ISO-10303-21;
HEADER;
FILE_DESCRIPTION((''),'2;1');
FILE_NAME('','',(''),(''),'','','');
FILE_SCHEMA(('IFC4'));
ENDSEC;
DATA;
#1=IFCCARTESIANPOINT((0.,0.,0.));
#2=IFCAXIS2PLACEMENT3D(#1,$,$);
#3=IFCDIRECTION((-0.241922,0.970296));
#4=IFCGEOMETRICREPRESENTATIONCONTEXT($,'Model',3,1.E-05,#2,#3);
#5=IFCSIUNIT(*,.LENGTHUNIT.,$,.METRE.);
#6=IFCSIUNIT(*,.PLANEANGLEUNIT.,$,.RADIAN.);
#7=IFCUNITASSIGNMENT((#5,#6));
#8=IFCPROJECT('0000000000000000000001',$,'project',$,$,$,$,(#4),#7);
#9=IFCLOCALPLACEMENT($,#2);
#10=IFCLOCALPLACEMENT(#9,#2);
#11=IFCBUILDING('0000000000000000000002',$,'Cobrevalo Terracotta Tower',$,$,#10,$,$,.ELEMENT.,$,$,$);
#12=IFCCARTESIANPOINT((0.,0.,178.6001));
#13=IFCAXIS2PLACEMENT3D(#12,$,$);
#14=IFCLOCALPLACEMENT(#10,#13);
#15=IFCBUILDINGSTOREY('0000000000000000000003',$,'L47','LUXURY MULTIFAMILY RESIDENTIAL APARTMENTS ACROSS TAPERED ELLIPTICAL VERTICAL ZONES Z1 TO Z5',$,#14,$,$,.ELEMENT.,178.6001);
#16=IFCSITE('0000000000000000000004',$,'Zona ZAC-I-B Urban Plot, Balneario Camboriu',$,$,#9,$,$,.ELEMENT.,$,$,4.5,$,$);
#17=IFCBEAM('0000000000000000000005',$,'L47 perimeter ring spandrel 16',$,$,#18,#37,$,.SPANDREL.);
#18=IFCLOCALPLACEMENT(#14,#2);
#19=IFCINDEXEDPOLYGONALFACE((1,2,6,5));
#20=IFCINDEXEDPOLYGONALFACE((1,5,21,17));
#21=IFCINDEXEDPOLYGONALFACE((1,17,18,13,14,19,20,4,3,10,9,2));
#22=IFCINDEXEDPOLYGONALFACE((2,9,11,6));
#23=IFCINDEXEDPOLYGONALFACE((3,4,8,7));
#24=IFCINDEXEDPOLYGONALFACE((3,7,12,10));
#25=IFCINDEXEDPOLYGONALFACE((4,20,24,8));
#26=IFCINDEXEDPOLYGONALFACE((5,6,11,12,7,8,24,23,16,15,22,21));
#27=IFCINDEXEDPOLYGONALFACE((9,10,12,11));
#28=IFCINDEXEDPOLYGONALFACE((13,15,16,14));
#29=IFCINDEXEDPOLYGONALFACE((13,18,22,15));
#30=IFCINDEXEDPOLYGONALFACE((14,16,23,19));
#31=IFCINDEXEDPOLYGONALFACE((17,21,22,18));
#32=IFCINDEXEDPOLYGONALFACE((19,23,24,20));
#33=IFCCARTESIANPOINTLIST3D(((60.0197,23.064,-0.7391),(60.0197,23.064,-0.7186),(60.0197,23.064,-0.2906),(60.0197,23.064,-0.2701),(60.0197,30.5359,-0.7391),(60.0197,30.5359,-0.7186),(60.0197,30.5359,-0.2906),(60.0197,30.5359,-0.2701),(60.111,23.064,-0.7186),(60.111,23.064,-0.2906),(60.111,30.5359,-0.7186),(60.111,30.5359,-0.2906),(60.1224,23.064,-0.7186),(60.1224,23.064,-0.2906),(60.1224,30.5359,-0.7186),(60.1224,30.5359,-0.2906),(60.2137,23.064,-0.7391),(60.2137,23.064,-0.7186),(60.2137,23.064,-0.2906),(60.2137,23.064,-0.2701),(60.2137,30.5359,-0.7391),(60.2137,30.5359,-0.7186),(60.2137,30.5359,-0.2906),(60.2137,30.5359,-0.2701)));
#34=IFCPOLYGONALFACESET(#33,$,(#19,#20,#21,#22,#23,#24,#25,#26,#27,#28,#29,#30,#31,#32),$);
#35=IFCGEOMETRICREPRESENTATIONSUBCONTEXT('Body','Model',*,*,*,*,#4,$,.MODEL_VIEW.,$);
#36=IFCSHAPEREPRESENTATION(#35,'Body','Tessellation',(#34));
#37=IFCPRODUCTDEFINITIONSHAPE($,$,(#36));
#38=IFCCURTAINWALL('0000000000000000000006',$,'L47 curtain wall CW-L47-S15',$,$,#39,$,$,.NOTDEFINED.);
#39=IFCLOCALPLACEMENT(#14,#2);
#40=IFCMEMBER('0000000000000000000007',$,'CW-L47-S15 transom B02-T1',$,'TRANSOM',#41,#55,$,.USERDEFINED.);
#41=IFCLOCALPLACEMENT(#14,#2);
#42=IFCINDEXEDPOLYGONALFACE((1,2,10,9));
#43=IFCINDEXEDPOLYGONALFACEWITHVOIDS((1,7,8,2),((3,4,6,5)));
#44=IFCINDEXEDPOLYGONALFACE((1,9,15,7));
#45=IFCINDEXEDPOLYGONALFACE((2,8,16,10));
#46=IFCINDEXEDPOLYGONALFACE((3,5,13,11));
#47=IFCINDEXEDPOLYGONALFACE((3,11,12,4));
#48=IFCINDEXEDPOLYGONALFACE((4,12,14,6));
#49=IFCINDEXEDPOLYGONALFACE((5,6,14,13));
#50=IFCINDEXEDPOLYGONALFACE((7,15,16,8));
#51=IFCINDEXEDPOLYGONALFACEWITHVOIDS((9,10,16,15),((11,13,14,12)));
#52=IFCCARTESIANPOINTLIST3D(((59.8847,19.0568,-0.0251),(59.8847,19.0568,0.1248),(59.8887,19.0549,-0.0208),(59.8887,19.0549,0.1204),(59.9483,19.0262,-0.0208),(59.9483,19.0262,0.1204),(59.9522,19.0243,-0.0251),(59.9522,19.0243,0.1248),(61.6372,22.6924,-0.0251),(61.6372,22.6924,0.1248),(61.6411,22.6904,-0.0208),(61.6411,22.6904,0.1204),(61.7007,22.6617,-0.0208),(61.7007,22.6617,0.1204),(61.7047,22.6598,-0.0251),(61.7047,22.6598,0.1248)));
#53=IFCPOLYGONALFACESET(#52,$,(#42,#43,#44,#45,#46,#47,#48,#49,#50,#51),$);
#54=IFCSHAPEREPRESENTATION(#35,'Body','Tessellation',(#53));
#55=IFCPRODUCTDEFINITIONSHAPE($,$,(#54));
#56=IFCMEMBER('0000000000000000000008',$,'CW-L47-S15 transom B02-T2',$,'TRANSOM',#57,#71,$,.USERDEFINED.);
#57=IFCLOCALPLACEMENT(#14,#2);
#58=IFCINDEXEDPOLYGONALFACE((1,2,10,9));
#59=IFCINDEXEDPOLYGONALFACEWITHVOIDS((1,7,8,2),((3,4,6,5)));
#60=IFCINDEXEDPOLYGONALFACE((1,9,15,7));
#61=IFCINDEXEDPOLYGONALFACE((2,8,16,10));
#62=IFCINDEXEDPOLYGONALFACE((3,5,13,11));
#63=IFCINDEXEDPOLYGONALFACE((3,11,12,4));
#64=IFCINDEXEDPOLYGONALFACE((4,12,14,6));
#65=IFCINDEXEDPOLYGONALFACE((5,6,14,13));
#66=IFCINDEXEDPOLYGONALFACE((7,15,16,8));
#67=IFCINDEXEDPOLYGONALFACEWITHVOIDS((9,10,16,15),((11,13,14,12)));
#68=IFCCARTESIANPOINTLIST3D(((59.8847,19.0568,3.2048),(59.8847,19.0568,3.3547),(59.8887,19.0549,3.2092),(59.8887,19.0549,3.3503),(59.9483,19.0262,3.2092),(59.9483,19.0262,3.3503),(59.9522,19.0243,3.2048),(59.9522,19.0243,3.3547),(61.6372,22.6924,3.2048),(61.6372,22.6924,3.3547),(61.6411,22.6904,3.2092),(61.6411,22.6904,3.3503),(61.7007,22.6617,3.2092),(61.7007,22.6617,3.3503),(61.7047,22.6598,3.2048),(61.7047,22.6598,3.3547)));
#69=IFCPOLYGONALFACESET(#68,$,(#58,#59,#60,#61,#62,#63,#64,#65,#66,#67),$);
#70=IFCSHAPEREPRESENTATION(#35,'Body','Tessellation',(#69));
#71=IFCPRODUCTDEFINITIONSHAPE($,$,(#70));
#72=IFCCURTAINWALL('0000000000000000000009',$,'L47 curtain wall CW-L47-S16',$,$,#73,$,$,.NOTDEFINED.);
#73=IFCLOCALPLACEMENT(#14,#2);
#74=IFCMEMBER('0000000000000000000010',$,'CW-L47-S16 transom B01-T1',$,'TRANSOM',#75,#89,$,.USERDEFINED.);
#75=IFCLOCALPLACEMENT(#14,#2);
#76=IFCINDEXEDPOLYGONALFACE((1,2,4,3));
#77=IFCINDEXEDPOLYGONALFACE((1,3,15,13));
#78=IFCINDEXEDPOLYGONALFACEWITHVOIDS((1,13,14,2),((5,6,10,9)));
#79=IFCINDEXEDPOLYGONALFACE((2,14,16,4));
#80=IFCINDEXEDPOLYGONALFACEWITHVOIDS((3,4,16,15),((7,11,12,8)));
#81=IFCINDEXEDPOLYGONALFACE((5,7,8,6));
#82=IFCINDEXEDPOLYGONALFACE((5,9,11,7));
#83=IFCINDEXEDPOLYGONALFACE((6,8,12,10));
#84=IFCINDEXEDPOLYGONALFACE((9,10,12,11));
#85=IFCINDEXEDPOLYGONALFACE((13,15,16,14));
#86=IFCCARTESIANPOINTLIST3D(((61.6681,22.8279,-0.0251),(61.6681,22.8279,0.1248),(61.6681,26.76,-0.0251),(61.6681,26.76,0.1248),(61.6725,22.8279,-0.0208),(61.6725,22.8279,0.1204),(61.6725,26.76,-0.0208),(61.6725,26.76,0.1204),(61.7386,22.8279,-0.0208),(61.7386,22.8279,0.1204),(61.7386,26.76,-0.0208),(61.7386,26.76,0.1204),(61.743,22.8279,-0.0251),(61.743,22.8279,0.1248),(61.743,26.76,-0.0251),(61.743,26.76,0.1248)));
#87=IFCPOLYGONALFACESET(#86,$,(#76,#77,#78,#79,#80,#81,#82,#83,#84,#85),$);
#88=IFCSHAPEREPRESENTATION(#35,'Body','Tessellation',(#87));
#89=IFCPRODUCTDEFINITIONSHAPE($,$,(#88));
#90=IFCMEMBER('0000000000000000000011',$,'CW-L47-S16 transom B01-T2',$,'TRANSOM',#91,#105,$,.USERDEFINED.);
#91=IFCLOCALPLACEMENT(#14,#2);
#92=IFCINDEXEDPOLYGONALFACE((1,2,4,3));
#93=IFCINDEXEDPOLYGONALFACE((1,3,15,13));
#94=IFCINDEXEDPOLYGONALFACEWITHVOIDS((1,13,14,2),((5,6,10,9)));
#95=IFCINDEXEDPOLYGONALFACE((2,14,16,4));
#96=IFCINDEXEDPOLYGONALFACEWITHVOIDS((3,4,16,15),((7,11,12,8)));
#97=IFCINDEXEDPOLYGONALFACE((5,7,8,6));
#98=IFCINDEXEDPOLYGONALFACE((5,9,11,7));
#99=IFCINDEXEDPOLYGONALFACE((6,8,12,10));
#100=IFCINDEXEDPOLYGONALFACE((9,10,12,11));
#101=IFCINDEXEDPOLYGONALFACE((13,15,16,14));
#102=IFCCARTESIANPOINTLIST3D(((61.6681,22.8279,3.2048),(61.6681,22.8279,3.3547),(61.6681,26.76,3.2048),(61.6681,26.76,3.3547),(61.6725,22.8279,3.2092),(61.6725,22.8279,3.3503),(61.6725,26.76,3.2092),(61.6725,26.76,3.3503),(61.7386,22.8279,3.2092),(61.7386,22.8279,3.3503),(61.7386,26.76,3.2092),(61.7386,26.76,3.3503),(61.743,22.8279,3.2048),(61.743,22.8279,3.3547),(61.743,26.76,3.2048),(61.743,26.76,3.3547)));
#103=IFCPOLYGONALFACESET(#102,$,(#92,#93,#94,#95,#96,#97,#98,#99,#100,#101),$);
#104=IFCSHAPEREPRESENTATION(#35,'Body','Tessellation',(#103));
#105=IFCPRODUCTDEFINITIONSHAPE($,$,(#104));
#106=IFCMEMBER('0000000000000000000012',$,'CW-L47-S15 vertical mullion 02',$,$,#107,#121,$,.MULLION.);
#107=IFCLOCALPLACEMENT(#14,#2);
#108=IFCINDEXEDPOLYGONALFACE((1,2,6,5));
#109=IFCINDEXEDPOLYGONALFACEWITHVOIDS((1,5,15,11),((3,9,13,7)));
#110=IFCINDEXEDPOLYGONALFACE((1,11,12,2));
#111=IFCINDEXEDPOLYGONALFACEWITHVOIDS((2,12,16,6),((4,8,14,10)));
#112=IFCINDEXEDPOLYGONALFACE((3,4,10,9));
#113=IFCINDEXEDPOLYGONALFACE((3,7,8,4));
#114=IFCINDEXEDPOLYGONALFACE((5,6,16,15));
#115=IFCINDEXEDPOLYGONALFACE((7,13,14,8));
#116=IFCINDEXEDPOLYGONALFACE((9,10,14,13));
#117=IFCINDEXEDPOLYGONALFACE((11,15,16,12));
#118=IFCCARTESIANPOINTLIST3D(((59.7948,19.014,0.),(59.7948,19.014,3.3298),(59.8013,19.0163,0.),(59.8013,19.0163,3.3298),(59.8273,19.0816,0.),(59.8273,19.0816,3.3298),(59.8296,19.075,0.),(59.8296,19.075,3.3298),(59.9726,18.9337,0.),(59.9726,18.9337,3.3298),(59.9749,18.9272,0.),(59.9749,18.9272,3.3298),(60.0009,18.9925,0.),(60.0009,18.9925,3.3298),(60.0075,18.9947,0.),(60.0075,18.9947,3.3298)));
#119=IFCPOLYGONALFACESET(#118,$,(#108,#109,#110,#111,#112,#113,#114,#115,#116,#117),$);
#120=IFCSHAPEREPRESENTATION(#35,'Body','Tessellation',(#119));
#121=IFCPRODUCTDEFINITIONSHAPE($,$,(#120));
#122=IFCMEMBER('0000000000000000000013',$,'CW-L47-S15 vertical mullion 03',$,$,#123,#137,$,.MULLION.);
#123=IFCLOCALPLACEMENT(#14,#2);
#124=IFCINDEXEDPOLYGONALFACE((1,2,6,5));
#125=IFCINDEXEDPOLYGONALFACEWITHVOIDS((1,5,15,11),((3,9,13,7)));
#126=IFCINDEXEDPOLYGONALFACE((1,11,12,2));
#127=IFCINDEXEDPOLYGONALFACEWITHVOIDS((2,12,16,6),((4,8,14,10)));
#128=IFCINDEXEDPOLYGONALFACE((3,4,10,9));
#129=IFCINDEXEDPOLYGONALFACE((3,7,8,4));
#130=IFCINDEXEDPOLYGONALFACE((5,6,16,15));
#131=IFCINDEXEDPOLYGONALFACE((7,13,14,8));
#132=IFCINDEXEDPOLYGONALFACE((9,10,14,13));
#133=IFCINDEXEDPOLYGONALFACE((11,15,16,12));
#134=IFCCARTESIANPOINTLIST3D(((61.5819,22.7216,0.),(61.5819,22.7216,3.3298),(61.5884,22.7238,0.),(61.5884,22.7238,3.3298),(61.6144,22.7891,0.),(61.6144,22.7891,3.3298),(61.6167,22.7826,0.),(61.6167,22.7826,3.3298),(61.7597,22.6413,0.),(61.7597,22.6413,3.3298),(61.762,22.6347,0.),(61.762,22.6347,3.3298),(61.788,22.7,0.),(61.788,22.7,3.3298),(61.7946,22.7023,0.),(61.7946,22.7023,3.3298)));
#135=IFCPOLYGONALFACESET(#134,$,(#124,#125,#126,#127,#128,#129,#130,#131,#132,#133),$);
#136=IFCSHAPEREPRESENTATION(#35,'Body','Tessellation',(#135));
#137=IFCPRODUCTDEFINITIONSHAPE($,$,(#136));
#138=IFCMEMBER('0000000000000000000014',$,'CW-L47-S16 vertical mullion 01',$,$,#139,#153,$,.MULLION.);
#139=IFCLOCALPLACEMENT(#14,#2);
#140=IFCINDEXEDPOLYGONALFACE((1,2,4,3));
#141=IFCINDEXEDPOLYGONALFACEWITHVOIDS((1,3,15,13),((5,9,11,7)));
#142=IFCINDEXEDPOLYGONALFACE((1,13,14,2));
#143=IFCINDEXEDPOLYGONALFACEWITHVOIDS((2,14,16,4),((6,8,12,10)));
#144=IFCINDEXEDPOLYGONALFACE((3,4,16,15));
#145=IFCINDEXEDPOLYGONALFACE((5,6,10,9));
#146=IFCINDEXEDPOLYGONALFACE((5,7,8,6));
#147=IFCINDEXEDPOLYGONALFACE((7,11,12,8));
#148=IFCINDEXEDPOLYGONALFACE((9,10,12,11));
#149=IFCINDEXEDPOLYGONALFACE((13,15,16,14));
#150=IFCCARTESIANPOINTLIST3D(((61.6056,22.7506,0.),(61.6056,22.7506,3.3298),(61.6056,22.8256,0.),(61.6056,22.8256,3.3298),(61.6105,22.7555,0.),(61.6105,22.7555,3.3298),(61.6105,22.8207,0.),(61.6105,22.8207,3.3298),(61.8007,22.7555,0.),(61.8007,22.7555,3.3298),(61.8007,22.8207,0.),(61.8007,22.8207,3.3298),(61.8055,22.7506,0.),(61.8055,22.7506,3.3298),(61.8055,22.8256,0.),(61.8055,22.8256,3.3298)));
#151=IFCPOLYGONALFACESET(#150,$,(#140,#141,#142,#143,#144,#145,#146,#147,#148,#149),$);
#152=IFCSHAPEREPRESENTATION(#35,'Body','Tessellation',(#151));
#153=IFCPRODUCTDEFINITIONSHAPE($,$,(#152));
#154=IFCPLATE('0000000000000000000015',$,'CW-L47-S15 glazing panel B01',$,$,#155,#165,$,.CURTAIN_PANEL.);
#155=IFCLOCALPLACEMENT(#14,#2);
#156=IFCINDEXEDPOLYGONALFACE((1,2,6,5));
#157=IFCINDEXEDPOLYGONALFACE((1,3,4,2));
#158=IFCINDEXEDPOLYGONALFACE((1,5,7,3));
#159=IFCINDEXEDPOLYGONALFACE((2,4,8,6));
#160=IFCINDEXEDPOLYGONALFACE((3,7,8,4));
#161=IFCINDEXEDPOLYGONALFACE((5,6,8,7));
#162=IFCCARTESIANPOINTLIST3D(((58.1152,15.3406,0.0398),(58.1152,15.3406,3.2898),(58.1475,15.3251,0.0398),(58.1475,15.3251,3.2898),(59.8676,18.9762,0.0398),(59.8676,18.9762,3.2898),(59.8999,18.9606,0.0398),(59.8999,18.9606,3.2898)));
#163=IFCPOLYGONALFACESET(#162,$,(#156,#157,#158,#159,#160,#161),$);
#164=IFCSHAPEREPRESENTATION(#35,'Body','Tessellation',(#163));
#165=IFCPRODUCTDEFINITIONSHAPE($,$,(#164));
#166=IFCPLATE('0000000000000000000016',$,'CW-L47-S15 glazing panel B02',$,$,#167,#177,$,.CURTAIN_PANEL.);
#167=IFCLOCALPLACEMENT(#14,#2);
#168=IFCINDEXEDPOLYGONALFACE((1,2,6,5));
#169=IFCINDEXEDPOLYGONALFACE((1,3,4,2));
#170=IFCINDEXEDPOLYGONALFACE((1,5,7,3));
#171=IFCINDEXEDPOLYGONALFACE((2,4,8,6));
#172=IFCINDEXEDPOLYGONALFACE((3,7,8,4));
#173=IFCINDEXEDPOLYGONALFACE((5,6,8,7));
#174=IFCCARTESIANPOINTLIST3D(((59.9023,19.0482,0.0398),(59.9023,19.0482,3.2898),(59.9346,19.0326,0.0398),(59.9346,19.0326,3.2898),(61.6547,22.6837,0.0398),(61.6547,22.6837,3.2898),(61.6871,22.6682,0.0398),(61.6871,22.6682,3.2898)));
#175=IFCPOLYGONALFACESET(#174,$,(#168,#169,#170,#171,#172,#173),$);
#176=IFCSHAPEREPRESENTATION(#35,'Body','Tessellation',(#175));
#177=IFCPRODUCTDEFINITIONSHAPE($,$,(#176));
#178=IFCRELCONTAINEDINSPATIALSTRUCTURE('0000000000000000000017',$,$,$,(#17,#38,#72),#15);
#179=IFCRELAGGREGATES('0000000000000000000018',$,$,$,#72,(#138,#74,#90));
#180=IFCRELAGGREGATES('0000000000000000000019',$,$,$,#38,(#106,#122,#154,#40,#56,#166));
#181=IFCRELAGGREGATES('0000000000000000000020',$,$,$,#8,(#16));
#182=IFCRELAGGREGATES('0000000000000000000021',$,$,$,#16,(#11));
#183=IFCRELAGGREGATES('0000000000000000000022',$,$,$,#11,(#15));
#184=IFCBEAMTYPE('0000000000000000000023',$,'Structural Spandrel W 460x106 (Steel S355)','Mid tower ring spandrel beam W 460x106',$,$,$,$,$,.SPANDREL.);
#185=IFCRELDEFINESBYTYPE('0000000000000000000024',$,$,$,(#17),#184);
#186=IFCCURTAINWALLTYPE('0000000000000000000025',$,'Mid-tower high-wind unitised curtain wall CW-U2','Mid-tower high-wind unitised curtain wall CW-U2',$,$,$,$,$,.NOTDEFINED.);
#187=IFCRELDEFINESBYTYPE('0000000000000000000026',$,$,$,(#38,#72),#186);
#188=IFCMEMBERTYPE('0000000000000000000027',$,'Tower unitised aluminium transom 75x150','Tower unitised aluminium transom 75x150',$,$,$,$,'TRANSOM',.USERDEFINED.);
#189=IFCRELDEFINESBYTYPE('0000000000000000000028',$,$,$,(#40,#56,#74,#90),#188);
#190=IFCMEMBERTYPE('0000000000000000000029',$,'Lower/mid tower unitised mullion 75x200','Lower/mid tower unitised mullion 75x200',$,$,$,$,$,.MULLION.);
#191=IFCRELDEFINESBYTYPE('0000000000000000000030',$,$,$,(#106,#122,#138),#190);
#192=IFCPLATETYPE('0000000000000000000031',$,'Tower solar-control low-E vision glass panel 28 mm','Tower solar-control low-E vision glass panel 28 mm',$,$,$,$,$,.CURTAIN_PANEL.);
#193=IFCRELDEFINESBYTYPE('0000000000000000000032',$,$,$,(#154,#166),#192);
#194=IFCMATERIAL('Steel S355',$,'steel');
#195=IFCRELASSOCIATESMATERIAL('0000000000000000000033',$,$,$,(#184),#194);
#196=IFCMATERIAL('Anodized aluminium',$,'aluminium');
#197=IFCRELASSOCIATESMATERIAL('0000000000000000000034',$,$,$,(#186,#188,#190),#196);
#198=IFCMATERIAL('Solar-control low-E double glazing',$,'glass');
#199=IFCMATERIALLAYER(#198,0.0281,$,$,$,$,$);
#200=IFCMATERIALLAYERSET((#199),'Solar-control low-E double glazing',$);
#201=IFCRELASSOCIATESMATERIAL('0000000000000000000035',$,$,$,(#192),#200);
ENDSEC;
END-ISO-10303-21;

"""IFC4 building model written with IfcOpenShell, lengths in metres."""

from ifc_helpers import new_model, si_unit, direction, frame, origin, origin_2d, place, context, subcontext, project, spatial, rectangle, hollow_rectangle, i_section, extrude, source, transform, mapped, material, layer, layer_set, material_profile, profile_set, type_object, element, aggregate, save


model = new_model("IFC4")

# Units and contexts
model_context = context("Model", 3, precision=1e-05, world=origin(), true_north=direction((-0.241922, 0.970296)))
body_context = subcontext(model_context, "Body", "Model", "MODEL_VIEW")
ifc_project = project(units=[si_unit("LENGTHUNIT", "METRE"), si_unit("PLANEANGLEUNIT", "RADIAN")], contexts=[model_context])

# Site, building, storey
site_placement = place(None, origin())
site = spatial("IfcSite", under=ifc_project, at=site_placement, Name="Zona ZAC-I-B Urban Plot, Balneario Camboriu", CompositionType="ELEMENT", RefElevation=4.5)
building_placement = place(site_placement, origin())
building = spatial("IfcBuilding", under=site, at=building_placement, Name="Cobrevalo Terracotta Tower", CompositionType="ELEMENT")
storey_placement = place(building_placement, frame((0.0, 0.0, 178.6001)))
storey = spatial("IfcBuildingStorey", under=building, at=storey_placement, Name="L47", Description="LUXURY MULTIFAMILY RESIDENTIAL APARTMENTS ACROSS TAPERED ELLIPTICAL VERTICAL ZONES Z1 TO Z5", CompositionType="ELEMENT", Elevation=178.6001)

# Shared definitions
ifc_material_1 = material(Name="Steel S355", Category="steel")

# Beam
ifc_material_profile_1 = material_profile(ifc_material_1, i_section(OverallWidth=0.1941, OverallDepth=0.469, WebThickness=0.0115, FlangeThickness=0.0205, at=origin_2d()), Name="W 460x106")
ifc_profile_set_1 = profile_set([ifc_material_profile_1], Name="Steel S355")
beam_type_1 = type_object("IfcBeamType", Name="Structural Spandrel W 460x106 (Steel S355)", Description="Mid tower ring spandrel beam W 460x106", PredefinedType="SPANDREL", material=ifc_profile_set_1)
beam_1_placement = place(storey_placement, frame((60.1167, 23.064, -0.5046), z_axis=(0.0, 1.0, 0.0), x_axis=(-1.0, 0.0, 0.0)))
element("IfcBeam", 1, at=beam_1_placement, inside=storey, type_object=beam_type_1, Name="L47 perimeter ring spandrel 16", PredefinedType="SPANDREL", context=body_context, shape_type="SweptSolid", body=[
    extrude(i_section(OverallWidth=0.1941, OverallDepth=0.469, WebThickness=0.0115, FlangeThickness=0.0205, at=origin_2d()), origin(), (0.0, 0.0, 1.0), 7.4719),
])

# Curtain walls, members
ifc_material_2 = material(Name="Anodized aluminium", Category="aluminium")
curtain_wall_type = type_object("IfcCurtainWallType", Name="Mid-tower high-wind unitised curtain wall CW-U2", Description="Mid-tower high-wind unitised curtain wall CW-U2", PredefinedType="NOTDEFINED", material=ifc_material_2)
curtain_wall_1_placement = place(storey_placement, origin())
curtain_wall_1 = element("IfcCurtainWall", 2, at=curtain_wall_1_placement, inside=storey, type_object=curtain_wall_type, Name="L47 curtain wall CW-L47-S15", PredefinedType="NOTDEFINED")
ifc_material_profile_2 = material_profile(ifc_material_2, hollow_rectangle(XDim=0.075, YDim=0.1499, WallThickness=0.0044, at=origin_2d()), Name="CWT 75x150")
ifc_profile_set_2 = profile_set([ifc_material_profile_2], Name="Anodized aluminium")
member_type_1 = type_object("IfcMemberType", Name="Tower unitised aluminium transom 75x150", Description="Tower unitised aluminium transom 75x150", ElementType="TRANSOM", PredefinedType="USERDEFINED", material=ifc_profile_set_2)
shared_shape_1 = source(origin(), body_context, "Body", "SweptSolid", [
    extrude(hollow_rectangle(XDim=0.075, YDim=0.1499, WallThickness=0.0044, at=origin_2d()), origin(), (0.0, 0.0, 1.0), 4.0359),
])
member_1_placement = place(storey_placement, frame((59.9185, 19.0405, 0.0498), z_axis=(0.434221, 0.900806, 0.0), x_axis=(-0.900806, 0.434221, 0.0)))
member_1 = element("IfcMember", 3, at=member_1_placement, type_object=member_type_1, Name="CW-L47-S15 transom B02-T1", ObjectType="TRANSOM", PredefinedType="USERDEFINED", context=body_context, shape_type="MappedRepresentation", body=[
    mapped(shared_shape_1, transform((0.0, 0.0, 0.0), scale=1.0)),
])
member_2_placement = place(storey_placement, frame((59.9185, 19.0405, 3.2798), z_axis=(0.434221, 0.900806, 0.0), x_axis=(-0.900806, 0.434221, 0.0)))
member_2 = element("IfcMember", 4, at=member_2_placement, type_object=member_type_1, Name="CW-L47-S15 transom B02-T2", ObjectType="TRANSOM", PredefinedType="USERDEFINED", context=body_context, shape_type="MappedRepresentation", body=[
    mapped(shared_shape_1, transform((0.0, 0.0, 0.0), scale=1.0)),
])
curtain_wall_2_placement = place(storey_placement, origin())
curtain_wall_2 = element("IfcCurtainWall", 5, at=curtain_wall_2_placement, inside=storey, type_object=curtain_wall_type, Name="L47 curtain wall CW-L47-S16", PredefinedType="NOTDEFINED")
shared_shape_2 = source(origin(), body_context, "Body", "SweptSolid", [
    extrude(hollow_rectangle(XDim=0.075, YDim=0.1499, WallThickness=0.0044, at=origin_2d()), origin(), (0.0, 0.0, 1.0), 3.9321),
])
member_3_placement = place(storey_placement, frame((61.7056, 22.8279, 0.0498), z_axis=(0.0, 1.0, 0.0), x_axis=(-1.0, 0.0, 0.0)))
member_3 = element("IfcMember", 6, at=member_3_placement, type_object=member_type_1, Name="CW-L47-S16 transom B01-T1", ObjectType="TRANSOM", PredefinedType="USERDEFINED", context=body_context, shape_type="MappedRepresentation", body=[
    mapped(shared_shape_2, transform((0.0, 0.0, 0.0), scale=1.0)),
])
member_4_placement = place(storey_placement, frame((61.7056, 22.8279, 3.2798), z_axis=(0.0, 1.0, 0.0), x_axis=(-1.0, 0.0, 0.0)))
member_4 = element("IfcMember", 7, at=member_4_placement, type_object=member_type_1, Name="CW-L47-S16 transom B01-T2", ObjectType="TRANSOM", PredefinedType="USERDEFINED", context=body_context, shape_type="MappedRepresentation", body=[
    mapped(shared_shape_2, transform((0.0, 0.0, 0.0), scale=1.0)),
])

# Members
ifc_material_profile_3 = material_profile(ifc_material_2, hollow_rectangle(XDim=0.075, YDim=0.2, WallThickness=0.0049, at=origin_2d()), Name="CWM 75x200")
ifc_profile_set_3 = profile_set([ifc_material_profile_3], Name="Anodized aluminium")
member_type_2 = type_object("IfcMemberType", Name="Lower/mid tower unitised mullion 75x200", Description="Lower/mid tower unitised mullion 75x200", PredefinedType="MULLION", material=ifc_profile_set_3)
shared_shape_3 = source(origin(), body_context, "Body", "SweptSolid", [
    extrude(hollow_rectangle(XDim=0.075, YDim=0.2, WallThickness=0.0049, at=origin_2d()), origin(), (0.0, 0.0, 1.0), 3.3298),
])
member_5_placement = place(storey_placement, frame((59.9011, 19.0044, 0.0), z_axis=(0.0, 0.0, 1.0), x_axis=(0.434209, 0.900812, 0.0)))
member_5 = element("IfcMember", 8, at=member_5_placement, type_object=member_type_2, Name="CW-L47-S15 vertical mullion 02", PredefinedType="MULLION", context=body_context, shape_type="MappedRepresentation", body=[
    mapped(shared_shape_3, transform((0.0, 0.0, 0.0), scale=1.0)),
])
member_6_placement = place(storey_placement, frame((61.6882, 22.7119, 0.0), z_axis=(0.0, 0.0, 1.0), x_axis=(0.434209, 0.900812, 0.0)))
member_6 = element("IfcMember", 9, at=member_6_placement, type_object=member_type_2, Name="CW-L47-S15 vertical mullion 03", PredefinedType="MULLION", context=body_context, shape_type="MappedRepresentation", body=[
    mapped(shared_shape_3, transform((0.0, 0.0, 0.0), scale=1.0)),
])
member_7_placement = place(storey_placement, frame((61.7056, 22.7881, 0.0), z_axis=(0.0, 0.0, 1.0), x_axis=(0.0, 1.0, 0.0)))
member_7 = element("IfcMember", 10, at=member_7_placement, type_object=member_type_2, Name="CW-L47-S16 vertical mullion 01", PredefinedType="MULLION", context=body_context, shape_type="MappedRepresentation", body=[
    mapped(shared_shape_3, transform((0.0, 0.0, 0.0), scale=1.0)),
])
aggregate(curtain_wall_2, [member_7, member_3, member_4])

# Plates
ifc_material_3 = material(Name="Solar-control low-E double glazing", Category="glass")
ifc_layer_1 = layer(ifc_material_3, 0.0281)
ifc_layer_set_1 = layer_set([ifc_layer_1], Name="Solar-control low-E double glazing")
plate_type = type_object("IfcPlateType", Name="Tower solar-control low-E vision glass panel 28 mm", Description="Tower solar-control low-E vision glass panel 28 mm", PredefinedType="CURTAIN_PANEL", material=ifc_layer_set_1)
shared_shape_4 = source(origin(), body_context, "Body", "SweptSolid", [
    extrude(rectangle(XDim=4.0359, YDim=0.0359, at=origin_2d()), origin(), (0.0, 0.0, 1.0), 3.25),
])
plate_1_placement = place(storey_placement, frame((59.0076, 17.1506, 0.0398), z_axis=(0.0, 0.0, 1.0), x_axis=(0.434209, 0.900812, 0.0)))
plate_1 = element("IfcPlate", 11, at=plate_1_placement, type_object=plate_type, Name="CW-L47-S15 glazing panel B01", PredefinedType="CURTAIN_PANEL", context=body_context, shape_type="MappedRepresentation", body=[
    mapped(shared_shape_4, transform((0.0, 0.0, 0.0), scale=1.0)),
])
plate_2_placement = place(storey_placement, frame((60.7947, 20.8582, 0.0398), z_axis=(0.0, 0.0, 1.0), x_axis=(0.434209, 0.900812, 0.0)))
plate_2 = element("IfcPlate", 12, at=plate_2_placement, type_object=plate_type, Name="CW-L47-S15 glazing panel B02", PredefinedType="CURTAIN_PANEL", context=body_context, shape_type="MappedRepresentation", body=[
    mapped(shared_shape_4, transform((0.0, 0.0, 0.0), scale=1.0)),
])
aggregate(curtain_wall_1, [member_5, member_6, plate_1, member_1, member_2, plate_2])

save(model, "model.ifc")
